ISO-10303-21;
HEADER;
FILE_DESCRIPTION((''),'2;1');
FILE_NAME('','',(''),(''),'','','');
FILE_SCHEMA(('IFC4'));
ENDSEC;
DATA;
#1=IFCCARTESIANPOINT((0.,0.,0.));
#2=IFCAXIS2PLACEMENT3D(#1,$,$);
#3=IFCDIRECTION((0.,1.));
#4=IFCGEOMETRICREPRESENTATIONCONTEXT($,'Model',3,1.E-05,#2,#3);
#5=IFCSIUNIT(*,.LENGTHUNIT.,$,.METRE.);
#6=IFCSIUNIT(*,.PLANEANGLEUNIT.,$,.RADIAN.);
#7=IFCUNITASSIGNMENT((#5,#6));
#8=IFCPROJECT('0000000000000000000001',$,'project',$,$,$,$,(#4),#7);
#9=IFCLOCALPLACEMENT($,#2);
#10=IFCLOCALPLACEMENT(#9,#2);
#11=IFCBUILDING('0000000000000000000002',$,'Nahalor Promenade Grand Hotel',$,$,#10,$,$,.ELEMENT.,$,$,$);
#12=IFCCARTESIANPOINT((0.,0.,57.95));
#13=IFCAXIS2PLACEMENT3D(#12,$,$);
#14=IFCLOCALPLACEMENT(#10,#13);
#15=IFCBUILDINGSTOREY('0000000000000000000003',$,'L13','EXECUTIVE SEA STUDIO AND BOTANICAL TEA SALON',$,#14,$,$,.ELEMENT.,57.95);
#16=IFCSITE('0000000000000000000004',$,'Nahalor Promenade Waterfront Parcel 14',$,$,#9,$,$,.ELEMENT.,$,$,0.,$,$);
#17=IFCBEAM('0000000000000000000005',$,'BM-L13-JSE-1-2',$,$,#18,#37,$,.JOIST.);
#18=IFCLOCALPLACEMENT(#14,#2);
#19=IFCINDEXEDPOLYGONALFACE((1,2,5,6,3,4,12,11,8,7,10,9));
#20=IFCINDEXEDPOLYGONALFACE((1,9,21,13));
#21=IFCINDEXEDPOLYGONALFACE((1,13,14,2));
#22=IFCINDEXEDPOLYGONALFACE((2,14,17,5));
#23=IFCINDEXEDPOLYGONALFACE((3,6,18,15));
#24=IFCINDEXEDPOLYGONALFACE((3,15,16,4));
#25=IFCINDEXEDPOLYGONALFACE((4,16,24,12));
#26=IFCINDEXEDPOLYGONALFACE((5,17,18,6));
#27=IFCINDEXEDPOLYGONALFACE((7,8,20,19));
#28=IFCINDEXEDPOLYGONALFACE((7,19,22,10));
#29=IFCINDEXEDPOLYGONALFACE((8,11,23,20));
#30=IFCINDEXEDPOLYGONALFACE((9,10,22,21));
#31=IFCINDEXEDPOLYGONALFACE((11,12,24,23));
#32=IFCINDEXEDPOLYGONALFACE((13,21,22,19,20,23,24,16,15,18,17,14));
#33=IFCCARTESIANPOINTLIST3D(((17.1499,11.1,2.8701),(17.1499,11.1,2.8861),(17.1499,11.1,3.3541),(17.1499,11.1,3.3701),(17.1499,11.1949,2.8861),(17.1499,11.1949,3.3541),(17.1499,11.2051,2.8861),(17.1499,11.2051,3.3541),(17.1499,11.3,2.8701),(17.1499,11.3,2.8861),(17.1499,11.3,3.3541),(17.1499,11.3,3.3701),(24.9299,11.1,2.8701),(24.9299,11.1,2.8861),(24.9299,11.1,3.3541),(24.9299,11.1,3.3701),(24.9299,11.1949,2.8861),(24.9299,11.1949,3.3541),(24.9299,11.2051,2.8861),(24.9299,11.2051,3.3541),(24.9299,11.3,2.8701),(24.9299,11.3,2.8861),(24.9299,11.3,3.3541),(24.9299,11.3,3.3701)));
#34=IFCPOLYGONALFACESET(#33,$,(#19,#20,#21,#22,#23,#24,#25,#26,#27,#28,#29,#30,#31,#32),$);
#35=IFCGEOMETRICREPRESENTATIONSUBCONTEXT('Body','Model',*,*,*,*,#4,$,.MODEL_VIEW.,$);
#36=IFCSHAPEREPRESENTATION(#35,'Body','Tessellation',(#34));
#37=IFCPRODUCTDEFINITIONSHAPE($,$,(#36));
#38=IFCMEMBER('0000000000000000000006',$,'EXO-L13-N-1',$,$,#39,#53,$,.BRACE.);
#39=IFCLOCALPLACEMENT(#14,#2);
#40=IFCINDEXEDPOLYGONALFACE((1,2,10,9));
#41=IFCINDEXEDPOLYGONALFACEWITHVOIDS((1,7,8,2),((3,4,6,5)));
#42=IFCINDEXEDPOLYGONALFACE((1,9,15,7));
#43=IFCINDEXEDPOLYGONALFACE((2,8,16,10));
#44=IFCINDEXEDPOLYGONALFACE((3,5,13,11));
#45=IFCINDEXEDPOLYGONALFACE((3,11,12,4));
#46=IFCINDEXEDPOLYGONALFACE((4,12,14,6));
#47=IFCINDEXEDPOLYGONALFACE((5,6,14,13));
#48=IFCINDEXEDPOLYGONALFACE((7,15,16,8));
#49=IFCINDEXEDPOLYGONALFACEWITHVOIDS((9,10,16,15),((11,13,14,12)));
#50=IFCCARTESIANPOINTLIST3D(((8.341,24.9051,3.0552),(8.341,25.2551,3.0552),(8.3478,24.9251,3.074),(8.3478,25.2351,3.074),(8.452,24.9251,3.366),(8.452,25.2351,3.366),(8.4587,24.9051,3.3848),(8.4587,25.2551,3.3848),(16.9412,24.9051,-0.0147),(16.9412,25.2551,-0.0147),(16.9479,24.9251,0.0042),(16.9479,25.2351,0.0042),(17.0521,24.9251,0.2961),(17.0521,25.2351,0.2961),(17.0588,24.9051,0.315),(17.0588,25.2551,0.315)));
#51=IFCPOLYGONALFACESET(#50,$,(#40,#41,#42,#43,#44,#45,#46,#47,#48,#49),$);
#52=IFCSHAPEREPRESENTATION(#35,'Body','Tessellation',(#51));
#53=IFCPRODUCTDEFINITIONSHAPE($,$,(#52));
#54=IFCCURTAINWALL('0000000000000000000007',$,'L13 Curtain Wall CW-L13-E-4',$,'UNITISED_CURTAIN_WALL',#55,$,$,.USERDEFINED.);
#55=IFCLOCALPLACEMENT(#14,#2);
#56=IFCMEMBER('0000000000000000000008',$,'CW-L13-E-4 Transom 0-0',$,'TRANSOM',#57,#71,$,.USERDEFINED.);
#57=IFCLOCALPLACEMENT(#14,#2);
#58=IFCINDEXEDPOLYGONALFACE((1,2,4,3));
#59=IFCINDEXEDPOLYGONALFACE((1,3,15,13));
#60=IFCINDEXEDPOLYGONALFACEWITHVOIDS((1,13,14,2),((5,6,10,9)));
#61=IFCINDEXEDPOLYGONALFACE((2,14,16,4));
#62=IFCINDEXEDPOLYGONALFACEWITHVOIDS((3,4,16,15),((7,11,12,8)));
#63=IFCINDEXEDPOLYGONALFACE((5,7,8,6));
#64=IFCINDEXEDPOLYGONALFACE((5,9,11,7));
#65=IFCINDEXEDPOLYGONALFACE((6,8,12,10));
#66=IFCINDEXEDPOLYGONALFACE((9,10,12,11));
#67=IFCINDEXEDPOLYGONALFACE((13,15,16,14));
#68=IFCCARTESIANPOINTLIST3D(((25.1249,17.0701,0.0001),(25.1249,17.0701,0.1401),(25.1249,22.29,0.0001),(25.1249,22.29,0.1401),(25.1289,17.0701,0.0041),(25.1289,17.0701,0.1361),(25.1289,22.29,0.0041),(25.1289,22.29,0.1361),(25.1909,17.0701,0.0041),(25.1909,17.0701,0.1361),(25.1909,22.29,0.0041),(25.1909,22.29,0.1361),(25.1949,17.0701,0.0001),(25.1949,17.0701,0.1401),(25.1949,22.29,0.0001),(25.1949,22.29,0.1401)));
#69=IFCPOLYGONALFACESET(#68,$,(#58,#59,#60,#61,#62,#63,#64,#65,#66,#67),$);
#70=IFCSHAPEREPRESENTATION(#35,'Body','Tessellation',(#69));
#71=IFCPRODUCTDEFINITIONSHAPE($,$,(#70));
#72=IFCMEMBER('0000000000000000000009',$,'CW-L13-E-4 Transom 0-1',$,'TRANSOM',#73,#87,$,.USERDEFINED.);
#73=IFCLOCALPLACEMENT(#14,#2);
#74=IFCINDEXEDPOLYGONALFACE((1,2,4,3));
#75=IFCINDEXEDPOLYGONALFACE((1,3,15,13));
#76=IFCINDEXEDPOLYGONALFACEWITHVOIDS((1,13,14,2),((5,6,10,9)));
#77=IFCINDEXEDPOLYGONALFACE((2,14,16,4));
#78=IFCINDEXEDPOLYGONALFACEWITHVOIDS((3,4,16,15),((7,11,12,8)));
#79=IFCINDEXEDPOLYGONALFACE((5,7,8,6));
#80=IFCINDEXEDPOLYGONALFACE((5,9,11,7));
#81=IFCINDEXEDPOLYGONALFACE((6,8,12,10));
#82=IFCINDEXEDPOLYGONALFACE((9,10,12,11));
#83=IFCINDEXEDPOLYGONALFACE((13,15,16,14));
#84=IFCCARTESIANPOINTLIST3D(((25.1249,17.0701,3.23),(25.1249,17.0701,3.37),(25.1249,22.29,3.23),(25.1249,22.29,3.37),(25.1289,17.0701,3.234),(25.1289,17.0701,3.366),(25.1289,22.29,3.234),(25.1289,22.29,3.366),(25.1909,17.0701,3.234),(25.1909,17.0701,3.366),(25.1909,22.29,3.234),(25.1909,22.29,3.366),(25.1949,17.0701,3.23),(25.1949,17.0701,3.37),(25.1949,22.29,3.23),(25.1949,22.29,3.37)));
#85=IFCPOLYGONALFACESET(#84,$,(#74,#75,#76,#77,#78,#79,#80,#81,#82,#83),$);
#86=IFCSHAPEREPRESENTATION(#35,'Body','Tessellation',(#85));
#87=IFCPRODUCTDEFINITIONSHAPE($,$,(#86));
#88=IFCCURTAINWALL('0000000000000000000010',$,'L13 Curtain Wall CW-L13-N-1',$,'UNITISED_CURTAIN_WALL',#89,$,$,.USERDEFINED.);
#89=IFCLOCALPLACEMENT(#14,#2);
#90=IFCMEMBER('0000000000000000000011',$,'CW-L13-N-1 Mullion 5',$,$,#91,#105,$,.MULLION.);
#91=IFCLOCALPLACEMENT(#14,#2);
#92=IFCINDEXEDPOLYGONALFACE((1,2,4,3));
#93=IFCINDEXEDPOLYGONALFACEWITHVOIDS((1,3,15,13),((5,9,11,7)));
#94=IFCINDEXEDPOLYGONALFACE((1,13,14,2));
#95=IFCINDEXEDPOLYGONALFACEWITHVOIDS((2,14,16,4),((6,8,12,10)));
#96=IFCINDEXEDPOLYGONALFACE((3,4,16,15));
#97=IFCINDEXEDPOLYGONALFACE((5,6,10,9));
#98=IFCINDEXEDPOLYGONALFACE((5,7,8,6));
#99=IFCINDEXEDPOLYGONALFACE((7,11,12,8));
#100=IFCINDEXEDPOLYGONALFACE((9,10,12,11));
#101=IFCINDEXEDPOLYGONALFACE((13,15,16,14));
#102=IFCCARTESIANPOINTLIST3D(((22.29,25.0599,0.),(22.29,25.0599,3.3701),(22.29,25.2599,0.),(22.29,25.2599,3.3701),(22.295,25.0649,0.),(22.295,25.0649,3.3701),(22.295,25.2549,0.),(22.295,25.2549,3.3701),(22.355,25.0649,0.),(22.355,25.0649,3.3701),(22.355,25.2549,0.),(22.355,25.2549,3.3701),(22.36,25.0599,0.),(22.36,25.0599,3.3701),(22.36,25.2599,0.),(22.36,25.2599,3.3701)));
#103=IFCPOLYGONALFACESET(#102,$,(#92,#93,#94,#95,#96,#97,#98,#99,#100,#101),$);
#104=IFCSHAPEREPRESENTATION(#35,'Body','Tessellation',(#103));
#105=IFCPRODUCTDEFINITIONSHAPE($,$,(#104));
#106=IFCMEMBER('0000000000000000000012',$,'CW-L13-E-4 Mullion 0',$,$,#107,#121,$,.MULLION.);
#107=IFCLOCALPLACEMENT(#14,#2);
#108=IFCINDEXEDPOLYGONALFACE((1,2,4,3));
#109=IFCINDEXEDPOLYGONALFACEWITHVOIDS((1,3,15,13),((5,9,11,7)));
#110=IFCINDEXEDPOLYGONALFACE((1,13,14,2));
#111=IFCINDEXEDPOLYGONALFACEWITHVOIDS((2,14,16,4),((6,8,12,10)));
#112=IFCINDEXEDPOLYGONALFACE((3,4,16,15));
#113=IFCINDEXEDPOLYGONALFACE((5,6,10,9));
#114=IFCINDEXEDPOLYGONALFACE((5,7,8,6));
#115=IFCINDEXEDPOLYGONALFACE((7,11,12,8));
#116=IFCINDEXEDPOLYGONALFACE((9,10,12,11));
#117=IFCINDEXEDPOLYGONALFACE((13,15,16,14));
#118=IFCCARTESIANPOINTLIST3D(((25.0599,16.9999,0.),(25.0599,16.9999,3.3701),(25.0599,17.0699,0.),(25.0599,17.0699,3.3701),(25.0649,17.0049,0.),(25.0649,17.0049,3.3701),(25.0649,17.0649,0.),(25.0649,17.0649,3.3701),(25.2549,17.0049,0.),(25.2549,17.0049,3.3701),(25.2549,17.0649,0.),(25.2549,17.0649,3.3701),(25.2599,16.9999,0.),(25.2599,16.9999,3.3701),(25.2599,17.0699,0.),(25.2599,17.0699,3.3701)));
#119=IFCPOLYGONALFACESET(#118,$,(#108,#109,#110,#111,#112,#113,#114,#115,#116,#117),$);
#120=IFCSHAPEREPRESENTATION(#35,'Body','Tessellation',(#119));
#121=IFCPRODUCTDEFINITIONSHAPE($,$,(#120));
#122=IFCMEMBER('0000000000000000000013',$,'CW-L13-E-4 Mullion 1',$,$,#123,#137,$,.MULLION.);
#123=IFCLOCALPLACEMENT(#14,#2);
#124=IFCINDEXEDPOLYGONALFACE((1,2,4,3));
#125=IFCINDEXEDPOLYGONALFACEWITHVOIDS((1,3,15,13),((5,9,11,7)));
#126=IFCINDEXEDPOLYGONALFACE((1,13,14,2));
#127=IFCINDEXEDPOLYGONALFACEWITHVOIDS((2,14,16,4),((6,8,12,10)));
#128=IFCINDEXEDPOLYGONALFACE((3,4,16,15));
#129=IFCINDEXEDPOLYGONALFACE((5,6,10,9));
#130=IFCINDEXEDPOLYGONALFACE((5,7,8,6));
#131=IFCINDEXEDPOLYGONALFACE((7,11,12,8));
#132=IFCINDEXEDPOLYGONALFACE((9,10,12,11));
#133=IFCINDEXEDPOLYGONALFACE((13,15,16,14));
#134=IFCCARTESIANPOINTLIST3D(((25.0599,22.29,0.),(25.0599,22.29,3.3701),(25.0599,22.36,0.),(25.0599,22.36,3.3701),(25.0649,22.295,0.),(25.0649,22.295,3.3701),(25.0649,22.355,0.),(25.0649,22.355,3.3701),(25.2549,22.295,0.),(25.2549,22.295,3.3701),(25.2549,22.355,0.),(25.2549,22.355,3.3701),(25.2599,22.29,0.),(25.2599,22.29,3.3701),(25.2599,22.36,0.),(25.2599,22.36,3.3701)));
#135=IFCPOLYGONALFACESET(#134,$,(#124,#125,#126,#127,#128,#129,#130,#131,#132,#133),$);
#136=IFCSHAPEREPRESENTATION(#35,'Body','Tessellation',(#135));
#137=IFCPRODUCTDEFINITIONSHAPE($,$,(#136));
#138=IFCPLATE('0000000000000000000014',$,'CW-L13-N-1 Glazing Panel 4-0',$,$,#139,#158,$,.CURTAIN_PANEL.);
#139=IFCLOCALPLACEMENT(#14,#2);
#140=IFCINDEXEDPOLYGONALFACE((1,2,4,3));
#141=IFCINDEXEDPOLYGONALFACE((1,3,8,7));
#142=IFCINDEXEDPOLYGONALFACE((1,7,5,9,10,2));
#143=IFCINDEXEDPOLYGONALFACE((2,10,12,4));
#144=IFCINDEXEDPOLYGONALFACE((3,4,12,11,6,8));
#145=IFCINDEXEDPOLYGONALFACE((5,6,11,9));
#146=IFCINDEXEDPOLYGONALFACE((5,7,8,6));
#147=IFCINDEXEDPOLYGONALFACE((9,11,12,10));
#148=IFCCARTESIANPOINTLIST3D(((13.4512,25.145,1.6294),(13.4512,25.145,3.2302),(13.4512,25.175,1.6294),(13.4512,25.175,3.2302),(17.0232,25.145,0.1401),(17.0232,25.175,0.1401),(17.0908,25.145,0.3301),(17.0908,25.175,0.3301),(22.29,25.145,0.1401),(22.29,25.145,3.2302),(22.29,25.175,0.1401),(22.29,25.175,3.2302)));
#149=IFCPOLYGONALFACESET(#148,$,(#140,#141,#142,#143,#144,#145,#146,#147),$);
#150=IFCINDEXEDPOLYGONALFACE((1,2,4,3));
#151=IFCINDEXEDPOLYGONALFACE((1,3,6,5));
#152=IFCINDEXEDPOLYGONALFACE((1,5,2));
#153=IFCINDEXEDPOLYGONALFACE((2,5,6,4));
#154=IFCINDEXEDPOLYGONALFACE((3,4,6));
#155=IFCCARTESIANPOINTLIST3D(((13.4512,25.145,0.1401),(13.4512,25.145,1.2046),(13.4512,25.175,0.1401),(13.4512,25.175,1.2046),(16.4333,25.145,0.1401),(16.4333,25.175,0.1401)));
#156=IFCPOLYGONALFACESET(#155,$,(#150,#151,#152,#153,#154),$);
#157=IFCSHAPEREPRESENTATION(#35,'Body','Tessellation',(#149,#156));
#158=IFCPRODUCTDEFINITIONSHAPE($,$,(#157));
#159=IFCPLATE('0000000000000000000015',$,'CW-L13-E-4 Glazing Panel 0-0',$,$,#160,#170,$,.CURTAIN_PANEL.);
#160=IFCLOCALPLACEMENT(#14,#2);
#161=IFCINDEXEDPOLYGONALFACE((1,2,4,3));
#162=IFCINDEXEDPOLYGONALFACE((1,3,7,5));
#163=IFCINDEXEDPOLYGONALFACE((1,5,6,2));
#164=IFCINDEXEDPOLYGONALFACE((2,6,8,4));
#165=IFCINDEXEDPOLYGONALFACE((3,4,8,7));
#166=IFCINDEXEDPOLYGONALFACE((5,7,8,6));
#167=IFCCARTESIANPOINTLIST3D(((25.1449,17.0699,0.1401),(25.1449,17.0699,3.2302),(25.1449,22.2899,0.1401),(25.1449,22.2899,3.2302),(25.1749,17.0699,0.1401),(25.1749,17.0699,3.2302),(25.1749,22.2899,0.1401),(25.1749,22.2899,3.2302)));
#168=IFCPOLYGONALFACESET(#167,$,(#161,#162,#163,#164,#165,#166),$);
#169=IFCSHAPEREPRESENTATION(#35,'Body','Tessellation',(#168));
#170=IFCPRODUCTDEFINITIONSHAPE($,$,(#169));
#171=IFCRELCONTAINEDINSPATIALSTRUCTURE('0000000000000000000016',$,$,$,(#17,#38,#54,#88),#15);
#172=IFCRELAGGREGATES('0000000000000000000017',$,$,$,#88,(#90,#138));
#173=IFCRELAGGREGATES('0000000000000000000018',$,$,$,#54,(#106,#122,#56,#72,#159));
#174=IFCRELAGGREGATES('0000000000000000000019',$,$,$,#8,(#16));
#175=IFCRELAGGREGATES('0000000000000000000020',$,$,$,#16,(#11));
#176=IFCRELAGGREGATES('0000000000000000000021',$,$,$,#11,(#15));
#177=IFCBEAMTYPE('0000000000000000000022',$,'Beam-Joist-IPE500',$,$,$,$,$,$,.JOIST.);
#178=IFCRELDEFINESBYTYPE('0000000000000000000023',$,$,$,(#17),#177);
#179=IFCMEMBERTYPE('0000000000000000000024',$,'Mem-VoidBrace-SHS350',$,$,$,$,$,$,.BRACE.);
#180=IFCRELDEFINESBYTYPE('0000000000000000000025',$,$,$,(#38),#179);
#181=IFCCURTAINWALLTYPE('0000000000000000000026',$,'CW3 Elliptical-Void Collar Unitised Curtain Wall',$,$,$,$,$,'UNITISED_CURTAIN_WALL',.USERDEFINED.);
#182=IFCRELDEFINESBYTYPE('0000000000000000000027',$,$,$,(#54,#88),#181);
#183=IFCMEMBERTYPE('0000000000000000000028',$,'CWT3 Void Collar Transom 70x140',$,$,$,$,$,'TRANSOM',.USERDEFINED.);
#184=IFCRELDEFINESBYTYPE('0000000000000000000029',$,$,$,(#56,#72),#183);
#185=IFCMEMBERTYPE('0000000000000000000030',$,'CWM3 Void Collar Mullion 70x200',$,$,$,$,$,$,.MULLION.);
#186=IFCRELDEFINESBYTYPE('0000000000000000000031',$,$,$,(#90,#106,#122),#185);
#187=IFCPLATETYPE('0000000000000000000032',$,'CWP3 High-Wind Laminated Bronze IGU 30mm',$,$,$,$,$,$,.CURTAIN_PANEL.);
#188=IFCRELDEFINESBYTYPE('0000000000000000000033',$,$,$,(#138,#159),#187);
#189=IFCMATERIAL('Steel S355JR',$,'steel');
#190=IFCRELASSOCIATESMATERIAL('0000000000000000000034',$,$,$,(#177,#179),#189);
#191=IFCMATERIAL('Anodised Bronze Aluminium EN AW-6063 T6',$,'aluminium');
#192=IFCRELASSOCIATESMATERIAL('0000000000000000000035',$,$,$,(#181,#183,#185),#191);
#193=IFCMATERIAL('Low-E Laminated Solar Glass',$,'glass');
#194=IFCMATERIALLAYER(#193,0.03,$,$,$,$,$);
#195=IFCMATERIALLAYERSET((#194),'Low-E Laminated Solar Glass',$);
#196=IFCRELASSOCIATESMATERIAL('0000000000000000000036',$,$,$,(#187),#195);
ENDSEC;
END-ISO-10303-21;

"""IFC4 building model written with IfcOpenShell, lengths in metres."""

from ifc_helpers import new_model, si_unit, direction, frame, origin, origin_2d, place, context, subcontext, project, spatial, polyline, rectangle, hollow_rectangle, i_section, outline, extrude, source, transform, mapped, material, layer, layer_set, material_profile, profile_set, type_object, element, aggregate, save


model = new_model("IFC4")

# Units and contexts
model_context = context("Model", 3, precision=1e-05, world=origin(), true_north=direction((0.0, 1.0)))
body_context = subcontext(model_context, "Body", "Model", "MODEL_VIEW")
ifc_project = project(units=[si_unit("LENGTHUNIT", "METRE"), si_unit("PLANEANGLEUNIT", "RADIAN")], contexts=[model_context])

# Site, building, storey
site_placement = place(None, origin())
site = spatial("IfcSite", under=ifc_project, at=site_placement, Name="Nahalor Promenade Waterfront Parcel 14", CompositionType="ELEMENT", RefElevation=0.0)
building_placement = place(site_placement, origin())
building = spatial("IfcBuilding", under=site, at=building_placement, Name="Nahalor Promenade Grand Hotel", CompositionType="ELEMENT")
storey_placement = place(building_placement, frame((0.0, 0.0, 57.95)))
storey = spatial("IfcBuildingStorey", under=building, at=storey_placement, Name="L13", Description="EXECUTIVE SEA STUDIO AND BOTANICAL TEA SALON", CompositionType="ELEMENT", Elevation=57.95)

# Beam
ifc_material_1 = material(Name="Steel S355JR", Category="steel")
ifc_material_profile_1 = material_profile(ifc_material_1, i_section(OverallWidth=0.2, OverallDepth=0.5, WebThickness=0.0102, FlangeThickness=0.016, at=origin_2d()), Name="IPE 500")
ifc_profile_set_1 = profile_set([ifc_material_profile_1], Name="Steel S355JR")
beam_type_1 = type_object("IfcBeamType", Name="Beam-Joist-IPE500", PredefinedType="JOIST", material=ifc_profile_set_1)
shared_shape_1 = source(origin(), body_context, "Body", "SweptSolid", [
    extrude(i_section(OverallWidth=0.2, OverallDepth=0.5, WebThickness=0.0102, FlangeThickness=0.016, at=origin_2d()), origin(), (0.0, 0.0, 1.0), 7.78),
])
beam_1_placement = place(storey_placement, frame((17.1499, 11.2, 3.1201), z_axis=(1.0, 0.0, 0.0), x_axis=(0.0, 1.0, 0.0)))
element("IfcBeam", 1, at=beam_1_placement, inside=storey, type_object=beam_type_1, Name="BM-L13-JSE-1-2", PredefinedType="JOIST", context=body_context, shape_type="MappedRepresentation", body=[
    mapped(shared_shape_1, transform((0.0, 0.0, 0.0), scale=1.0)),
])

# Member
ifc_material_profile_2 = material_profile(ifc_material_1, hollow_rectangle(XDim=0.35, YDim=0.35, WallThickness=0.02, at=origin_2d()), Name="SHS 350x350x20")
ifc_profile_set_2 = profile_set([ifc_material_profile_2], Name="Steel S355JR")
member_type_1 = type_object("IfcMemberType", Name="Mem-VoidBrace-SHS350", PredefinedType="BRACE", material=ifc_profile_set_2)
shared_shape_2 = source(origin(), body_context, "Body", "SweptSolid", [
    extrude(hollow_rectangle(XDim=0.35, YDim=0.35, WallThickness=0.02, at=origin_2d()), origin(), (0.0, 0.0, 1.0), 9.1316),
])
member_1_placement = place(storey_placement, frame((17.0, 25.0801, 0.1501), z_axis=(-0.941799, 0.0, 0.336177), x_axis=(0.0, -1.0, 0.0)))
element("IfcMember", 2, at=member_1_placement, inside=storey, type_object=member_type_1, Name="EXO-L13-N-1", PredefinedType="BRACE", context=body_context, shape_type="MappedRepresentation", body=[
    mapped(shared_shape_2, transform((0.0, 0.0, 0.0), scale=1.0)),
])

# Curtain wall, members
ifc_material_2 = material(Name="Anodised Bronze Aluminium EN AW-6063 T6", Category="aluminium")
curtain_wall_type = type_object("IfcCurtainWallType", Name="CW3 Elliptical-Void Collar Unitised Curtain Wall", ElementType="UNITISED_CURTAIN_WALL", PredefinedType="USERDEFINED", material=ifc_material_2)
curtain_wall_1_placement = place(storey_placement, origin())
curtain_wall_1 = element("IfcCurtainWall", 3, at=curtain_wall_1_placement, inside=storey, type_object=curtain_wall_type, Name="L13 Curtain Wall CW-L13-E-4", ObjectType="UNITISED_CURTAIN_WALL", PredefinedType="USERDEFINED")
ifc_material_profile_3 = material_profile(ifc_material_2, hollow_rectangle(XDim=0.07, YDim=0.14, WallThickness=0.004, at=origin_2d()), Name="CWT 70x140x4")
ifc_profile_set_3 = profile_set([ifc_material_profile_3], Name="Anodised Bronze Aluminium EN AW-6063 T6")
member_type_2 = type_object("IfcMemberType", Name="CWT3 Void Collar Transom 70x140", ElementType="TRANSOM", PredefinedType="USERDEFINED", material=ifc_profile_set_3)
shared_shape_3 = source(origin(), body_context, "Body", "SweptSolid", [
    extrude(hollow_rectangle(XDim=0.07, YDim=0.14, WallThickness=0.004, at=origin_2d()), origin(), (0.0, 0.0, 1.0), 5.22),
])
member_2_placement = place(storey_placement, frame((25.1599, 17.0701, 0.0701), z_axis=(0.0, 1.0, 0.0), x_axis=(-1.0, 0.0, 0.0)))
member_2 = element("IfcMember", 4, at=member_2_placement, type_object=member_type_2, Name="CW-L13-E-4 Transom 0-0", ObjectType="TRANSOM", PredefinedType="USERDEFINED", context=body_context, shape_type="MappedRepresentation", body=[
    mapped(shared_shape_3, transform((0.0, 0.0, 0.0), scale=1.0)),
])
member_3_placement = place(storey_placement, frame((25.1599, 17.0701, 3.3), z_axis=(0.0, 1.0, 0.0), x_axis=(-1.0, 0.0, 0.0)))
member_3 = element("IfcMember", 5, at=member_3_placement, type_object=member_type_2, Name="CW-L13-E-4 Transom 0-1", ObjectType="TRANSOM", PredefinedType="USERDEFINED", context=body_context, shape_type="MappedRepresentation", body=[
    mapped(shared_shape_3, transform((0.0, 0.0, 0.0), scale=1.0)),
])

# Curtain wall, member
curtain_wall_2_placement = place(storey_placement, origin())
curtain_wall_2 = element("IfcCurtainWall", 6, at=curtain_wall_2_placement, inside=storey, type_object=curtain_wall_type, Name="L13 Curtain Wall CW-L13-N-1", ObjectType="UNITISED_CURTAIN_WALL", PredefinedType="USERDEFINED")
ifc_material_profile_4 = material_profile(ifc_material_2, hollow_rectangle(XDim=0.07, YDim=0.2, WallThickness=0.005, at=origin_2d()), Name="CWM 70x200x5")
ifc_profile_set_4 = profile_set([ifc_material_profile_4], Name="Anodised Bronze Aluminium EN AW-6063 T6")
member_type_3 = type_object("IfcMemberType", Name="CWM3 Void Collar Mullion 70x200", PredefinedType="MULLION", material=ifc_profile_set_4)
shared_shape_4 = source(origin(), body_context, "Body", "SweptSolid", [
    extrude(hollow_rectangle(XDim=0.07, YDim=0.2, WallThickness=0.005, at=origin_2d()), origin(), (0.0, 0.0, 1.0), 3.3701),
])
member_4_placement = place(storey_placement, frame((22.325, 25.1599, 0.0), z_axis=(0.0, 0.0, 1.0), x_axis=(1.0, 0.0, 0.0)))
member_4 = element("IfcMember", 7, at=member_4_placement, type_object=member_type_3, Name="CW-L13-N-1 Mullion 5", PredefinedType="MULLION", context=body_context, shape_type="MappedRepresentation", body=[
    mapped(shared_shape_4, transform((0.0, 0.0, 0.0), scale=1.0)),
])

# Members
member_5_placement = place(storey_placement, frame((25.1599, 17.0349, 0.0), z_axis=(0.0, 0.0, 1.0), x_axis=(0.0, 1.0, 0.0)))
member_5 = element("IfcMember", 8, at=member_5_placement, type_object=member_type_3, Name="CW-L13-E-4 Mullion 0", PredefinedType="MULLION", context=body_context, shape_type="MappedRepresentation", body=[
    mapped(shared_shape_4, transform((0.0, 0.0, 0.0), scale=1.0)),
])
member_6_placement = place(storey_placement, frame((25.1599, 22.325, 0.0), z_axis=(0.0, 0.0, 1.0), x_axis=(0.0, 1.0, 0.0)))
member_6 = element("IfcMember", 9, at=member_6_placement, type_object=member_type_3, Name="CW-L13-E-4 Mullion 1", PredefinedType="MULLION", context=body_context, shape_type="MappedRepresentation", body=[
    mapped(shared_shape_4, transform((0.0, 0.0, 0.0), scale=1.0)),
])

# Plates
ifc_material_3 = material(Name="Low-E Laminated Solar Glass", Category="glass")
ifc_layer_1 = layer(ifc_material_3, 0.03)
ifc_layer_set_1 = layer_set([ifc_layer_1], Name="Low-E Laminated Solar Glass")
plate_type = type_object("IfcPlateType", Name="CWP3 High-Wind Laminated Bronze IGU 30mm", PredefinedType="CURTAIN_PANEL", material=ifc_layer_set_1)
plate_1_placement = place(storey_placement, frame((17.8706, 25.1599, 0.1401), z_axis=(0.0, 0.0, 1.0), x_axis=(1.0, 0.0, 0.0)))
plate_1 = element("IfcPlate", 10, at=plate_1_placement, type_object=plate_type, Name="CW-L13-N-1 Glazing Panel 4-0", PredefinedType="CURTAIN_PANEL", context=body_context, shape_type="SweptSolid", body=[
    extrude(outline(polyline([(4.4194, 3.0901), (-4.4194, 3.0901), (-4.4194, 1.4893), (-0.7798, 0.1899), (-0.8474, 0.0), (4.4194, 0.0), (4.4194, 3.0901)])), frame((0.0, 0.0151, 0.0), z_axis=(0.0, -1.0, 0.0), x_axis=(1.0, 0.0, 0.0)), (0.0, 0.0, 1.0), 0.03),
    extrude(outline(polyline([(-4.4194, 1.0645), (-4.4194, 0.0), (-1.4373, 0.0), (-4.4194, 1.0645)])), frame((0.0, 0.0151, 0.0), z_axis=(0.0, -1.0, 0.0), x_axis=(1.0, 0.0, 0.0)), (0.0, 0.0, 1.0), 0.03),
])
aggregate(curtain_wall_2, [member_4, plate_1])
shared_shape_5 = source(origin(), body_context, "Body", "SweptSolid", [
    extrude(rectangle(XDim=5.22, YDim=0.03, at=origin_2d()), origin(), (0.0, 0.0, 1.0), 3.0901),
])
plate_2_placement = place(storey_placement, frame((25.1599, 19.6799, 0.1401), z_axis=(0.0, 0.0, 1.0), x_axis=(0.0, 1.0, 0.0)))
plate_2 = element("IfcPlate", 11, at=plate_2_placement, type_object=plate_type, Name="CW-L13-E-4 Glazing Panel 0-0", PredefinedType="CURTAIN_PANEL", context=body_context, shape_type="MappedRepresentation", body=[
    mapped(shared_shape_5, transform((0.0, 0.0, 0.0), scale=1.0)),
])
aggregate(curtain_wall_1, [member_5, member_6, member_2, member_3, plate_2])

save(model, "model.ifc")
